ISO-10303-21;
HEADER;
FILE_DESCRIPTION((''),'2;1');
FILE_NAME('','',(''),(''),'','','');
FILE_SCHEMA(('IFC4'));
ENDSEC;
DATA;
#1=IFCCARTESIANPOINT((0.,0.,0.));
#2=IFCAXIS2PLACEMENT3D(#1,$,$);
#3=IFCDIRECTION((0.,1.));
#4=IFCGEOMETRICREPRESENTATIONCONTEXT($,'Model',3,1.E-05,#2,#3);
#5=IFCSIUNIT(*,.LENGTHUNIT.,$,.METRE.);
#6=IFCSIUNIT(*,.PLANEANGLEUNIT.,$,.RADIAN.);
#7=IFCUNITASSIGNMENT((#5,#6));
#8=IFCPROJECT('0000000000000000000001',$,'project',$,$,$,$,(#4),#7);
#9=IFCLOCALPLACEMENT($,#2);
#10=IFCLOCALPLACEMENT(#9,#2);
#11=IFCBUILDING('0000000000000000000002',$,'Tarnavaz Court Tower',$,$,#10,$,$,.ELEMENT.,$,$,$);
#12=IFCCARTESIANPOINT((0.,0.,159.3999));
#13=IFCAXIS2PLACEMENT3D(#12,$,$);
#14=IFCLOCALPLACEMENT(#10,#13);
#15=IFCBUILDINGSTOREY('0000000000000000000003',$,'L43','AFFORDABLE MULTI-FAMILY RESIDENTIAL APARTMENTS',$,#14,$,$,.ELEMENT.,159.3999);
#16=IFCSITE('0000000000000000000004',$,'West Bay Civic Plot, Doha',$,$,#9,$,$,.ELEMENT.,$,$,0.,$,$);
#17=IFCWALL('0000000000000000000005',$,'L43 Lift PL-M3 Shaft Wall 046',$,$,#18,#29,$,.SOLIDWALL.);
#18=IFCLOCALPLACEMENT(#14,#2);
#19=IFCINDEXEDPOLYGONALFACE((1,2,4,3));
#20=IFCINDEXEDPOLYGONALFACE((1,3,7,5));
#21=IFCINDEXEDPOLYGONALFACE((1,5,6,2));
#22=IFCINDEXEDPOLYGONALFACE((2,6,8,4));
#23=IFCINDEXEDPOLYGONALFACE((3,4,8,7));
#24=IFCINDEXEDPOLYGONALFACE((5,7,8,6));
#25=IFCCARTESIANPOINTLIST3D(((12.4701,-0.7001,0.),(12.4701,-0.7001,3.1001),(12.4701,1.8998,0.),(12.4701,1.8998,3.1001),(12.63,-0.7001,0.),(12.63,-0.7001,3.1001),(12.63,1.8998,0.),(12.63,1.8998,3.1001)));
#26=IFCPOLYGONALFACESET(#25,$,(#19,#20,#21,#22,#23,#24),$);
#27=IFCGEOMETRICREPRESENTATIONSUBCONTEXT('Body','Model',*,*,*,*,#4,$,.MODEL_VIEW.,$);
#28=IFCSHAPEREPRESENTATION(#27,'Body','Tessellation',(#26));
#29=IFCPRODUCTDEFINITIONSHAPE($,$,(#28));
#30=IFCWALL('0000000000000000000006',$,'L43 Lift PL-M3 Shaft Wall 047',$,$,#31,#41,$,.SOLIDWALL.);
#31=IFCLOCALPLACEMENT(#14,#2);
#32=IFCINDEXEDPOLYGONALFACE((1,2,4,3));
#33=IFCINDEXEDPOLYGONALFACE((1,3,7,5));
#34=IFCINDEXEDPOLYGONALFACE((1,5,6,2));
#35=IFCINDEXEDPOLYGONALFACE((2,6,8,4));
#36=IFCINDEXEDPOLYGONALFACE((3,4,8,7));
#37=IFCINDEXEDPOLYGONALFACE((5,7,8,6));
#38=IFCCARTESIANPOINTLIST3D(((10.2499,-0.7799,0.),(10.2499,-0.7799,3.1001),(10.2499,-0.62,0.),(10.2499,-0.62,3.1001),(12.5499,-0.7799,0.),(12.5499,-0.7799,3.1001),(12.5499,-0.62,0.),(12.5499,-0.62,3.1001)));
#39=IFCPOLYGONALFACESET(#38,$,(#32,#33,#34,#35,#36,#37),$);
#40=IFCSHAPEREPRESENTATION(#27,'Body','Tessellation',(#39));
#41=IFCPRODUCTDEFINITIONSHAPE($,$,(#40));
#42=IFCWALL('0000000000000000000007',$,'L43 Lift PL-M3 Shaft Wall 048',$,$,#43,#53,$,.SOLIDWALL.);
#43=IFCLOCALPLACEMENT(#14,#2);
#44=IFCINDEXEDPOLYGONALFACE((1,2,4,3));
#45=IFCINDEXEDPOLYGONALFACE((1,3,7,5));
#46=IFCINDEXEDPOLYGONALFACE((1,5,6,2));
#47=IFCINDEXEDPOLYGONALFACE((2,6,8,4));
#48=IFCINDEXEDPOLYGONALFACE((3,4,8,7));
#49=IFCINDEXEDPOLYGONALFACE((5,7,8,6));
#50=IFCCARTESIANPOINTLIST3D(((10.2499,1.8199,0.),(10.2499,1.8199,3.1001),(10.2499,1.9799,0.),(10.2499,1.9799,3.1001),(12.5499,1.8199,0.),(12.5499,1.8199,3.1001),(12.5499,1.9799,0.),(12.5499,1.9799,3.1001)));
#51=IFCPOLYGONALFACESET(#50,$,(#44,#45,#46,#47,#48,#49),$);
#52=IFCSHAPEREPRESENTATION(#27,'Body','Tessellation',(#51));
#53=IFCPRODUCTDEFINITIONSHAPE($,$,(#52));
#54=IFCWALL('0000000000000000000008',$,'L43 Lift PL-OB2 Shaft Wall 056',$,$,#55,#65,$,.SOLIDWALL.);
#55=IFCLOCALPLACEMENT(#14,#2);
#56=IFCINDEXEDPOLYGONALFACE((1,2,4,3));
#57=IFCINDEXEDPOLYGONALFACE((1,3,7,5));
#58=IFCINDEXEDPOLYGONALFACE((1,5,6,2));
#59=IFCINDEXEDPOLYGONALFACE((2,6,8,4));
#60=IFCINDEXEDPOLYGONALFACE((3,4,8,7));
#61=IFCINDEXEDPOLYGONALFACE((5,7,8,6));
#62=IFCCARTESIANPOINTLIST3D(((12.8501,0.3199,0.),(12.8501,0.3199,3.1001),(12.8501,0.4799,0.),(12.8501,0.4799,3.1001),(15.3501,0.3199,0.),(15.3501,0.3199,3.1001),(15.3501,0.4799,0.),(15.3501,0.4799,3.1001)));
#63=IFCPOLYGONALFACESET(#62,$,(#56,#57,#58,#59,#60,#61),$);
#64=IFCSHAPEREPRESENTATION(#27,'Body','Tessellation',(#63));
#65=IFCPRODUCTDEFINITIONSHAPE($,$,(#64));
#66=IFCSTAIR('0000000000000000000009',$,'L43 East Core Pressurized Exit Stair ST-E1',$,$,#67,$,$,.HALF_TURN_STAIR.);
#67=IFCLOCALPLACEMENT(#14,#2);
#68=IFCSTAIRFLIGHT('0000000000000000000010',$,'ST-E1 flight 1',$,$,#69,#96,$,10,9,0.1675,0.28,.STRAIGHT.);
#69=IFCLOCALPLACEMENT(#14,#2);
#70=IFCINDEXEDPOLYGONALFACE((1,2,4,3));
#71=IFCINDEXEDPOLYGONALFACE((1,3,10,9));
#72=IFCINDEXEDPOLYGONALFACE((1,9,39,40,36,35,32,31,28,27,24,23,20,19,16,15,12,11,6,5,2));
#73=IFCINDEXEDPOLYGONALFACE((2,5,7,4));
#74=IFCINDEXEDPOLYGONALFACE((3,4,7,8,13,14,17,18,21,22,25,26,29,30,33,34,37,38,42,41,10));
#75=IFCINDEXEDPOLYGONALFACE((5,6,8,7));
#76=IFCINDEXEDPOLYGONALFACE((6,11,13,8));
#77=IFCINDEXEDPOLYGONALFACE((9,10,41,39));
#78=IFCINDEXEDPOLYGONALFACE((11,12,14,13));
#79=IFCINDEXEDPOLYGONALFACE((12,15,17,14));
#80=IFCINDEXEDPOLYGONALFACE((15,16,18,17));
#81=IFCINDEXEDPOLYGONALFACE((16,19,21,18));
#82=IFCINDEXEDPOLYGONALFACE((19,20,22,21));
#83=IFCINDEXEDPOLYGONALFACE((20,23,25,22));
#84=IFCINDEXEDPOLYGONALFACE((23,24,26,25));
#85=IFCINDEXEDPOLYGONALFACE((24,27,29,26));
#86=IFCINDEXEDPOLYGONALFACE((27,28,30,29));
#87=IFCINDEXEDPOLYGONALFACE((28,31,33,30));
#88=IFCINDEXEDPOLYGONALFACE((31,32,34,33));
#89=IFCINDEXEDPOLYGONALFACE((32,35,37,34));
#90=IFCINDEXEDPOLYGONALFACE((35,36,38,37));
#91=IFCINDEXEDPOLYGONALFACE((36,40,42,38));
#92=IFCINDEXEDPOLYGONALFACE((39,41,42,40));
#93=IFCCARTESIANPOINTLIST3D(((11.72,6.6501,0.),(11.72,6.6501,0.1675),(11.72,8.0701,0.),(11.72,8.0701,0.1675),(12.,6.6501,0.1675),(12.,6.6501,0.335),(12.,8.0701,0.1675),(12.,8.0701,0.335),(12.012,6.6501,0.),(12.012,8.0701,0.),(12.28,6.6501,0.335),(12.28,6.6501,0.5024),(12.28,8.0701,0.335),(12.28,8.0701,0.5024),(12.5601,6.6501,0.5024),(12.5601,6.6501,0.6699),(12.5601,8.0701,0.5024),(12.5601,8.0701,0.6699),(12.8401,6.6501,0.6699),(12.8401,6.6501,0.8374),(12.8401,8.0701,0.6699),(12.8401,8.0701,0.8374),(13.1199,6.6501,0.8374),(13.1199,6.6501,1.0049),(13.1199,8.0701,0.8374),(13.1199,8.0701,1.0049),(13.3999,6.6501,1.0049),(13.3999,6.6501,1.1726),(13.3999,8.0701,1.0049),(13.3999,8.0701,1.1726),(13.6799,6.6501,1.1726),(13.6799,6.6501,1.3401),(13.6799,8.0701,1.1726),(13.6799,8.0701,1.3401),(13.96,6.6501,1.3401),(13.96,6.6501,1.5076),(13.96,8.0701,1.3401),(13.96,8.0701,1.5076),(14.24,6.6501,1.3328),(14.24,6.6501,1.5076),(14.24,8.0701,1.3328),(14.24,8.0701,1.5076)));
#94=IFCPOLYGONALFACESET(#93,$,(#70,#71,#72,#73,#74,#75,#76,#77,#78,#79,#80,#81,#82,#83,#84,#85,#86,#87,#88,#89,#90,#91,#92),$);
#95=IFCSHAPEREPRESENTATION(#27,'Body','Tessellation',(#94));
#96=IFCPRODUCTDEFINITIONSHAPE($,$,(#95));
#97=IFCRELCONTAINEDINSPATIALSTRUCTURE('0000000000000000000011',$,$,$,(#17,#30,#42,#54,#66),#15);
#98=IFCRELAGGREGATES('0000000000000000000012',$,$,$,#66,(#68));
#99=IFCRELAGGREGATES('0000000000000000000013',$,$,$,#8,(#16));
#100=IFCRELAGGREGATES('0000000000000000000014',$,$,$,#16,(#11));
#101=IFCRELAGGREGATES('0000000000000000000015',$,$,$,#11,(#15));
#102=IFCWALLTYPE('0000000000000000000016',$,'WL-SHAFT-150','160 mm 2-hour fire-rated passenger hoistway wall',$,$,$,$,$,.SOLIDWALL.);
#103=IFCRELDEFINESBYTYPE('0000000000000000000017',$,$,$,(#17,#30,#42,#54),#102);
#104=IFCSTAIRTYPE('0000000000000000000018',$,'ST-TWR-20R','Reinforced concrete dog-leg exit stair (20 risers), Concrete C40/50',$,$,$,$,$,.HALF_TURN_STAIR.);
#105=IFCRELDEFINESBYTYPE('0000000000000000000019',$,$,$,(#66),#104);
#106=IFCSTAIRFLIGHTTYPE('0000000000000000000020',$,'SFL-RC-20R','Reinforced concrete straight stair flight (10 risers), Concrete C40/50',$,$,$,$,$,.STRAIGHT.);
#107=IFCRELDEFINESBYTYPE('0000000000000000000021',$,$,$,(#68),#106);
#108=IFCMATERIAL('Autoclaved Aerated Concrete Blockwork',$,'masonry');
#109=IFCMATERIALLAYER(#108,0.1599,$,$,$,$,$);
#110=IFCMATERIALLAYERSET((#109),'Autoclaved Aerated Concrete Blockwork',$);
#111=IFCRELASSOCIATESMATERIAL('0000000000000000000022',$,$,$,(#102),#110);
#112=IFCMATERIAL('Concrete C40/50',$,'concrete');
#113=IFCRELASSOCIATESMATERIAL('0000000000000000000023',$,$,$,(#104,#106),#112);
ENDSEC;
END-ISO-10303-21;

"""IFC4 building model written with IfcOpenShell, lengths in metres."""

from ifc_helpers import new_model, si_unit, direction, frame, frame_2d, origin, place, context, subcontext, project, spatial, polyline, rectangle, outline, extrude, material, layer, layer_set, type_object, element, aggregate, save


model = new_model("IFC4")

# Units and contexts
model_context = context("Model", 3, precision=1e-05, world=origin(), true_north=direction((0.0, 1.0)))
body_context = subcontext(model_context, "Body", "Model", "MODEL_VIEW")
ifc_project = project(units=[si_unit("LENGTHUNIT", "METRE"), si_unit("PLANEANGLEUNIT", "RADIAN")], contexts=[model_context])

# Site, building, storey
site_placement = place(None, origin())
site = spatial("IfcSite", under=ifc_project, at=site_placement, Name="West Bay Civic Plot, Doha", CompositionType="ELEMENT", RefElevation=0.0)
building_placement = place(site_placement, origin())
building = spatial("IfcBuilding", under=site, at=building_placement, Name="Tarnavaz Court Tower", CompositionType="ELEMENT")
storey_placement = place(building_placement, frame((0.0, 0.0, 159.3999)))
storey = spatial("IfcBuildingStorey", under=building, at=storey_placement, Name="L43", Description="AFFORDABLE MULTI-FAMILY RESIDENTIAL APARTMENTS", CompositionType="ELEMENT", Elevation=159.3999)

# Shared definitions
ifc_material_1 = material(Name="Autoclaved Aerated Concrete Blockwork", Category="masonry")

# Walls
ifc_layer_1 = layer(ifc_material_1, 0.1599)
ifc_layer_set_1 = layer_set([ifc_layer_1], Name="Autoclaved Aerated Concrete Blockwork")
wall_type_1 = type_object("IfcWallType", Name="WL-SHAFT-150", Description="160 mm 2-hour fire-rated passenger hoistway wall", PredefinedType="SOLIDWALL", material=ifc_layer_set_1)
wall_1_placement = place(storey_placement, frame((12.55, -0.7, 0.0), z_axis=(0.0, 0.0, 1.0), x_axis=(0.0, 1.0, 0.0)))
element("IfcWall", 1, at=wall_1_placement, inside=storey, type_object=wall_type_1, Name="L43 Lift PL-M3 Shaft Wall 046", PredefinedType="SOLIDWALL", context=body_context, shape_type="SweptSolid", body=[
    extrude(rectangle(XDim=2.5999, YDim=0.1599, at=frame_2d((1.2998, 0.0))), origin(), (0.0, 0.0, 1.0), 3.1001),
])
for number, where, z_axis, x_axis, name in (
    (2, (10.25, -0.7, 0.0), (0.0, 0.0, 1.0), (1.0, 0.0, 0.0), "L43 Lift PL-M3 Shaft Wall 047"),
    (3, (10.25, 1.8999, 0.0), (0.0, 0.0, 1.0), (1.0, 0.0, 0.0), "L43 Lift PL-M3 Shaft Wall 048"),
):
    element("IfcWall", number, at=place(storey_placement, frame(where, z_axis=z_axis, x_axis=x_axis)), inside=storey, type_object=wall_type_1, Name=name, PredefinedType="SOLIDWALL", context=body_context, shape_type="SweptSolid", body=[
        extrude(rectangle(XDim=2.3, YDim=0.1599, at=frame_2d((1.1499, 0.0))), origin(), (0.0, 0.0, 1.0), 3.1001),
    ])
wall_2_placement = place(storey_placement, frame((12.8501, 0.3999, 0.0), z_axis=(0.0, 0.0, 1.0), x_axis=(1.0, 0.0, 0.0)))
element("IfcWall", 4, at=wall_2_placement, inside=storey, type_object=wall_type_1, Name="L43 Lift PL-OB2 Shaft Wall 056", PredefinedType="SOLIDWALL", context=body_context, shape_type="SweptSolid", body=[
    extrude(rectangle(XDim=2.5, YDim=0.1599, at=frame_2d((1.25, 0.0))), origin(), (0.0, 0.0, 1.0), 3.1001),
])

# Stair, stair flight
ifc_material_2 = material(Name="Concrete C40/50", Category="concrete")
stair_type = type_object("IfcStairType", Name="ST-TWR-20R", Description="Reinforced concrete dog-leg exit stair (20 risers), Concrete C40/50", PredefinedType="HALF_TURN_STAIR", material=ifc_material_2)
stair_placement = place(storey_placement, origin())
stair = element("IfcStair", 5, at=stair_placement, inside=storey, type_object=stair_type, Name="L43 East Core Pressurized Exit Stair ST-E1", PredefinedType="HALF_TURN_STAIR")
stair_flight_type = type_object("IfcStairFlightType", Name="SFL-RC-20R", Description="Reinforced concrete straight stair flight (10 risers), Concrete C40/50", PredefinedType="STRAIGHT", material=ifc_material_2)
stair_flight_placement = place(storey_placement, frame((11.72, 7.3601, 0.0), z_axis=(0.0, 0.0, 1.0), x_axis=(1.0, 0.0, 0.0)))
stair_flight = element("IfcStairFlight", 6, at=stair_flight_placement, type_object=stair_flight_type, Name="ST-E1 flight 1", NumberOfRisers=10, NumberOfTreads=9, PredefinedType="STRAIGHT", RiserHeight=0.1675, TreadLength=0.28, context=body_context, shape_type="SweptSolid", body=[
    extrude(outline(polyline([(0.0, 0.0), (0.0, 0.1675), (0.28, 0.1675), (0.28, 0.335), (0.5601, 0.335), (0.5601, 0.5024), (0.8401, 0.5024), (0.8401, 0.6699), (1.1201, 0.6699), (1.1201, 0.8374), (1.3999, 0.8374), (1.3999, 1.0049), (1.6799, 1.0049), (1.6799, 1.1726), (1.96, 1.1726), (1.96, 1.3401), (2.24, 1.3401), (2.24, 1.5076), (2.52, 1.5076), (2.52, 1.675), (2.52, 1.3328), (0.292, 0.0), (0.0, 0.0)])), frame((0.0, 0.71, 0.0), z_axis=(0.0, -1.0, 0.0), x_axis=(1.0, 0.0, 0.0)), (0.0, 0.0, 1.0), 1.4199),
])
aggregate(stair, [stair_flight])

save(model, "model.ifc")
